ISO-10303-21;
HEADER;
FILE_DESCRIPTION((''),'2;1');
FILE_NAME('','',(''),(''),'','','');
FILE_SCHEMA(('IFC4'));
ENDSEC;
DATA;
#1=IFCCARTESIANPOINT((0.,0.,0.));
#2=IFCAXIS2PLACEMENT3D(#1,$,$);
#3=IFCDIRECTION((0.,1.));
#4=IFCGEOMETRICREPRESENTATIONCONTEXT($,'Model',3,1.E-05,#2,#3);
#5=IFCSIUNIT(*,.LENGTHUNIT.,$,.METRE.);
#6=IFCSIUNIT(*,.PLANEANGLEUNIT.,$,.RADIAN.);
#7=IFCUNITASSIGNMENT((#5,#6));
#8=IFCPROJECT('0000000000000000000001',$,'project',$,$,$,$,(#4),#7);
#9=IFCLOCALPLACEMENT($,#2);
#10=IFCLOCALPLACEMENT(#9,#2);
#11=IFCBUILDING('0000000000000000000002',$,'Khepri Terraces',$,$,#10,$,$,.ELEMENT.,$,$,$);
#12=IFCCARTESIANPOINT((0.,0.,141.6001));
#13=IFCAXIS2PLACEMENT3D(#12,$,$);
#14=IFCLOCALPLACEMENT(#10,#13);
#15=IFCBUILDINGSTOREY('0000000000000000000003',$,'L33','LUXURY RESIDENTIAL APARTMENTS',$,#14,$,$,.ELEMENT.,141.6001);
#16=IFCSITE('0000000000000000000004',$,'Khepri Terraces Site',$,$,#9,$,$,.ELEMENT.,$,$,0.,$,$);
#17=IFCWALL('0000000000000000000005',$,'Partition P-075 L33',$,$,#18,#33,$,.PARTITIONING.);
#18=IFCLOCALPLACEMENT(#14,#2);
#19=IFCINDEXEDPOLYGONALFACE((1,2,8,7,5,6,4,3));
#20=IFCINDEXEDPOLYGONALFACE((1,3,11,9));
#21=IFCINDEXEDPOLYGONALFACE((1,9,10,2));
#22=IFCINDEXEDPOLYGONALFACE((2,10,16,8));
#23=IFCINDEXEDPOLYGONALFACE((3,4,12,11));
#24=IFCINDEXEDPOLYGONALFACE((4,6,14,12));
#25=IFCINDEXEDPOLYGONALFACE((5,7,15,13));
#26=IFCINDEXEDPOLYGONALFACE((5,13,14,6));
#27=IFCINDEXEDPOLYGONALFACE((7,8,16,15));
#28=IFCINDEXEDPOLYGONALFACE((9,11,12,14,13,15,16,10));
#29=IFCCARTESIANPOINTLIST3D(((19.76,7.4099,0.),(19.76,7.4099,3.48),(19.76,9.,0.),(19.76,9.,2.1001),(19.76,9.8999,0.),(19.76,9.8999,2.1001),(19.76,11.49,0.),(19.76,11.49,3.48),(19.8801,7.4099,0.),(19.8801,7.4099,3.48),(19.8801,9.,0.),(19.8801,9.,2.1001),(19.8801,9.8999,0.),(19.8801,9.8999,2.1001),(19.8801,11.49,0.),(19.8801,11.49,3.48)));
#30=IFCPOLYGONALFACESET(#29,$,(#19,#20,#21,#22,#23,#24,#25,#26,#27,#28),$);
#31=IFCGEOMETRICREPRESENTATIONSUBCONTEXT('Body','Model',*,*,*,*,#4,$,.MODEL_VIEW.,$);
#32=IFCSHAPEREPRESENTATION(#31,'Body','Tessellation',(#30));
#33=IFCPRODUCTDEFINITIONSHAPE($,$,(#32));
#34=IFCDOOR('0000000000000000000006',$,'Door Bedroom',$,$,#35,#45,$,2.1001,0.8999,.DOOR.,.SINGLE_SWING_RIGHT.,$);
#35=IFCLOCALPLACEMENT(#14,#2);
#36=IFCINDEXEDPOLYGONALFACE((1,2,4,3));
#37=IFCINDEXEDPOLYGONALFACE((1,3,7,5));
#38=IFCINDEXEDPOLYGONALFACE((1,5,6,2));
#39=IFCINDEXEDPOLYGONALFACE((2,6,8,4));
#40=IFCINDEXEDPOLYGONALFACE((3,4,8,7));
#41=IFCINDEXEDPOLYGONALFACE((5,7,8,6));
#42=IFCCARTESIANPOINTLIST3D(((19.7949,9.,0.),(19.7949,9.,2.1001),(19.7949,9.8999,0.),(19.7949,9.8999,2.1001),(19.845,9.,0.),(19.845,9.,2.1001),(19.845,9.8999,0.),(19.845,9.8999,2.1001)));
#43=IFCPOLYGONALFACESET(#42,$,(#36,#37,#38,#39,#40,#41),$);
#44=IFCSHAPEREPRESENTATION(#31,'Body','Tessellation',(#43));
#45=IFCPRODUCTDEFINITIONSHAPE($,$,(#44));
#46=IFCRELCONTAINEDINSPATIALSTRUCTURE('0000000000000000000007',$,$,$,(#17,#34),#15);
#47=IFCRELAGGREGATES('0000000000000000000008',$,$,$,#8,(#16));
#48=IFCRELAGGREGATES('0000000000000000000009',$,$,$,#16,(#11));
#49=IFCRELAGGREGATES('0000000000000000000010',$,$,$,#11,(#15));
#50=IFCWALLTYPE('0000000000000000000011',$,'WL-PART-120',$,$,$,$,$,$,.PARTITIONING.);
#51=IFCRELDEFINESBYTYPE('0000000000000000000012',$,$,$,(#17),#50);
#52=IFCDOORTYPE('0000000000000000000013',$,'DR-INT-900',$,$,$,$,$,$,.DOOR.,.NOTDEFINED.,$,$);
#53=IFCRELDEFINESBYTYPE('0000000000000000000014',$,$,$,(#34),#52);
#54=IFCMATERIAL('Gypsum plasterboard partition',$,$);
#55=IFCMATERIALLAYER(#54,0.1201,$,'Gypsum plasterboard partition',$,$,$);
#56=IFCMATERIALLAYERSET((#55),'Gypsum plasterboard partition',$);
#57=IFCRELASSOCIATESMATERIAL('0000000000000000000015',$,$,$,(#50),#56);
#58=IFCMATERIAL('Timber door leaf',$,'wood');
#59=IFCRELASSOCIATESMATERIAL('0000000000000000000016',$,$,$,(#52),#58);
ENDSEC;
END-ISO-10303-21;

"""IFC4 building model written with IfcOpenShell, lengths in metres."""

from ifc_helpers import new_model, si_unit, direction, frame, frame_2d, origin, place, context, subcontext, project, spatial, rectangle, extrude, material, layer, layer_set, type_object, element, fill, save


model = new_model("IFC4")

# Units and contexts
model_context = context("Model", 3, precision=1e-05, world=origin(), true_north=direction((0.0, 1.0)))
body_context = subcontext(model_context, "Body", "Model", "MODEL_VIEW")
ifc_project = project(units=[si_unit("LENGTHUNIT", "METRE"), si_unit("PLANEANGLEUNIT", "RADIAN")], contexts=[model_context])

# Site, building, storey
site_placement = place(None, origin())
site = spatial("IfcSite", under=ifc_project, at=site_placement, Name="Khepri Terraces Site", CompositionType="ELEMENT", RefElevation=0.0)
building_placement = place(site_placement, origin())
building = spatial("IfcBuilding", under=site, at=building_placement, Name="Khepri Terraces", CompositionType="ELEMENT")
storey_placement = place(building_placement, frame((0.0, 0.0, 141.6001)))
storey = spatial("IfcBuildingStorey", under=building, at=storey_placement, Name="L33", Description="LUXURY RESIDENTIAL APARTMENTS", CompositionType="ELEMENT", Elevation=141.6001)

# Shared definitions
ifc_material_1 = material(Name="Gypsum plasterboard partition")
ifc_layer_1 = layer(ifc_material_1, 0.1201, Name="Gypsum plasterboard partition")
ifc_layer_set_1 = layer_set([ifc_layer_1], Name="Gypsum plasterboard partition")
wall_type_1 = type_object("IfcWallType", Name="WL-PART-120", PredefinedType="PARTITIONING", material=ifc_layer_set_1)

# Wall, opening, door
wall_1_placement = place(storey_placement, frame((19.8201, 7.4099, 0.0), z_axis=(0.0, 0.0, 1.0), x_axis=(0.0, 1.0, 0.0)))
wall_1 = element("IfcWall", 1, at=wall_1_placement, inside=storey, type_object=wall_type_1, Name="Partition P-075 L33", PredefinedType="PARTITIONING", context=body_context, shape_type="SweptSolid", body=[
    extrude(rectangle(XDim=4.0801, YDim=0.1201, at=frame_2d((2.04, 0.0))), origin(), (0.0, 0.0, 1.0), 3.48),
])
opening_1_placement = place(wall_1_placement, frame((1.5901, 0.0, 0.0)))
opening_1 = element("IfcOpeningElement", 2, at=opening_1_placement, cuts=wall_1, PredefinedType="OPENING", context=body_context, shape_type="SweptSolid", body=[
    extrude(rectangle(XDim=0.8999, YDim=2.1001, at=frame_2d((0.45, 1.05))), frame((0.0, 0.0701, 0.0), z_axis=(0.0, -1.0, 0.0), x_axis=(1.0, 0.0, 0.0)), (0.0, 0.0, 1.0), 0.1401),
])
ifc_material_2 = material(Name="Timber door leaf", Category="wood")
door_type_1 = type_object("IfcDoorType", Name="DR-INT-900", OperationType="NOTDEFINED", PredefinedType="DOOR", material=ifc_material_2)
door_1_placement = place(opening_1_placement, frame((0.8999, 0.0, 0.0), z_axis=(0.0, 0.0, 1.0), x_axis=(-1.0, 0.0, 0.0)))
door_1 = element("IfcDoor", 3, at=door_1_placement, inside=storey, type_object=door_type_1, Name="Door Bedroom", OperationType="SINGLE_SWING_RIGHT", OverallHeight=2.1001, OverallWidth=0.8999, PredefinedType="DOOR", context=body_context, shape_type="SweptSolid", body=[
    extrude(rectangle(XDim=0.8999, YDim=2.1001, at=frame_2d((0.45, 1.05))), frame((0.0, 0.0249, 0.0), z_axis=(0.0, -1.0, 0.0), x_axis=(1.0, 0.0, 0.0)), (0.0, 0.0, 1.0), 0.05),
])
fill(opening_1, door_1)

save(model, "model.ifc")
